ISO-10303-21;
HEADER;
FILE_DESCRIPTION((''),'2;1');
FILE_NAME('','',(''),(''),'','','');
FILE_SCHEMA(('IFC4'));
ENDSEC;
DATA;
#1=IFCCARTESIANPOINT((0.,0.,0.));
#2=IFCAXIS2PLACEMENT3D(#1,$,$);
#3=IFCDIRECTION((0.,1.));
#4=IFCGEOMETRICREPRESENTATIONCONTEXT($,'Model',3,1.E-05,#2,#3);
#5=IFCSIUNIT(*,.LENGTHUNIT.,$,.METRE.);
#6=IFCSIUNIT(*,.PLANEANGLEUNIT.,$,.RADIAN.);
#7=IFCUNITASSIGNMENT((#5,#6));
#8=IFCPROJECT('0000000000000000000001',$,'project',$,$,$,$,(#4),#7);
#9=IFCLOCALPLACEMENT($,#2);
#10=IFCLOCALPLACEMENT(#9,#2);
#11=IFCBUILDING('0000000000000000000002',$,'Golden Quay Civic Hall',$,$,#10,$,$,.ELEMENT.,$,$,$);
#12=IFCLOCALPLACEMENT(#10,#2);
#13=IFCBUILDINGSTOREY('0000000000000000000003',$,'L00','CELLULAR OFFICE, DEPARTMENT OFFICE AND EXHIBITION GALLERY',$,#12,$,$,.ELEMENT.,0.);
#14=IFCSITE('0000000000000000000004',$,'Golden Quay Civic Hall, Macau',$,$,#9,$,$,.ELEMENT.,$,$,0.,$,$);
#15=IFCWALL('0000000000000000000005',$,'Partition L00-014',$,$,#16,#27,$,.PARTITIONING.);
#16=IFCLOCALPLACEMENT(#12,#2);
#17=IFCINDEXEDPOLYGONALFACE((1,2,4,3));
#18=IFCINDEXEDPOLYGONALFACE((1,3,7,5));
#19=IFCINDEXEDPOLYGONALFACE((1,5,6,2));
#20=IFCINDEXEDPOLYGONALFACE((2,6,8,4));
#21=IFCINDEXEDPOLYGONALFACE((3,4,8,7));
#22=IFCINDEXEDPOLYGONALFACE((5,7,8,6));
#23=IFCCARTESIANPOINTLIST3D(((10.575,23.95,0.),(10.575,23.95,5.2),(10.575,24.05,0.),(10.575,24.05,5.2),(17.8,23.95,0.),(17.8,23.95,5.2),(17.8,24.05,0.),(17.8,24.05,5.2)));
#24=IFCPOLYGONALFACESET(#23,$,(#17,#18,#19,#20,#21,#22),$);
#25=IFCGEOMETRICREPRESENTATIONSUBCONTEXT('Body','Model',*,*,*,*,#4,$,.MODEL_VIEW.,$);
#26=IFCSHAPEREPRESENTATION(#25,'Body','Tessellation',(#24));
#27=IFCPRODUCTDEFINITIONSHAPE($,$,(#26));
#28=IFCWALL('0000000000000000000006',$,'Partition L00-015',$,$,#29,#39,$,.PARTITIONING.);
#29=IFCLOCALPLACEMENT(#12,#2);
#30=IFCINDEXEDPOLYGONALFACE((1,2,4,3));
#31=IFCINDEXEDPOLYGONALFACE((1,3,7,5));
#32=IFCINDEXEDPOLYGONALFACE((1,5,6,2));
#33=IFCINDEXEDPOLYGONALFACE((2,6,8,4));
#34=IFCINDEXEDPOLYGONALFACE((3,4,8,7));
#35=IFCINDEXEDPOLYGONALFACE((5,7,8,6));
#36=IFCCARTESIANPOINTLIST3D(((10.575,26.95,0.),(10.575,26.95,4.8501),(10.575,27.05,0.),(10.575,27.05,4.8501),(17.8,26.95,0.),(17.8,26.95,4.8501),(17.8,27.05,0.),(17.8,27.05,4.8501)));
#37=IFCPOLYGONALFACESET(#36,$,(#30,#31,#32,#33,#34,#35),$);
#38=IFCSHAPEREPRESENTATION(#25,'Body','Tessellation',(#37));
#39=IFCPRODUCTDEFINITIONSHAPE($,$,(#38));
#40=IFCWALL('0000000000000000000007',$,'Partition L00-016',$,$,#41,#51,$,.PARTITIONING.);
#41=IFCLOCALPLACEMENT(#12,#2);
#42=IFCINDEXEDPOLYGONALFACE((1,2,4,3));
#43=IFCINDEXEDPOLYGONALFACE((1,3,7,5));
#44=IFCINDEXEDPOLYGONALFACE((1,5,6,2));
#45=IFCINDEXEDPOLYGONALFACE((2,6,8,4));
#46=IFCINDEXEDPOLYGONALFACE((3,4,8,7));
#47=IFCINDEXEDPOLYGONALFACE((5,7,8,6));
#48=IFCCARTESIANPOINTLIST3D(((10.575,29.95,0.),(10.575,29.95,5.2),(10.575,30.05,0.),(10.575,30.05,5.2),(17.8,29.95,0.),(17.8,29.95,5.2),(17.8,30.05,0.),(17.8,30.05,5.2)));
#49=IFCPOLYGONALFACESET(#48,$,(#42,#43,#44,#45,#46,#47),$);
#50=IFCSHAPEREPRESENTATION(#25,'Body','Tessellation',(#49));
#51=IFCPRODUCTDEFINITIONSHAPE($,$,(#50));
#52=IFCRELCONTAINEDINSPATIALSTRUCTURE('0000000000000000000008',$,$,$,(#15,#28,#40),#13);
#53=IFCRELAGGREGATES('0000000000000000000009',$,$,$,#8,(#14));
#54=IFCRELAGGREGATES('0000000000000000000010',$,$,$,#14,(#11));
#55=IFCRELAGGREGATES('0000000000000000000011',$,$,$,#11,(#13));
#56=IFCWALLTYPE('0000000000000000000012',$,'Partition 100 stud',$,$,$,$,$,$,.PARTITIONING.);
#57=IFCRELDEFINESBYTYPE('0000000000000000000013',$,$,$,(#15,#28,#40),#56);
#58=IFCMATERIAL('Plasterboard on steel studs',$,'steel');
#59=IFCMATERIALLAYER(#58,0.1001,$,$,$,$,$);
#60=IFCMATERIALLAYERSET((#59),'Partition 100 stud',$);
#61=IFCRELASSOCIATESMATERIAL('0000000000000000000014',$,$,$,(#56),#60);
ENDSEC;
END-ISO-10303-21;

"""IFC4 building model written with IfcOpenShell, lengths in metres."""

from ifc_helpers import new_model, si_unit, direction, frame, frame_2d, origin, place, context, subcontext, project, spatial, rectangle, extrude, material, layer, layer_set, type_object, element, save


model = new_model("IFC4")

# Units and contexts
model_context = context("Model", 3, precision=1e-05, world=origin(), true_north=direction((0.0, 1.0)))
body_context = subcontext(model_context, "Body", "Model", "MODEL_VIEW")
ifc_project = project(units=[si_unit("LENGTHUNIT", "METRE"), si_unit("PLANEANGLEUNIT", "RADIAN")], contexts=[model_context])

# Site, building, storey
site_placement = place(None, origin())
site = spatial("IfcSite", under=ifc_project, at=site_placement, Name="Golden Quay Civic Hall, Macau", CompositionType="ELEMENT", RefElevation=0.0)
building_placement = place(site_placement, origin())
building = spatial("IfcBuilding", under=site, at=building_placement, Name="Golden Quay Civic Hall", CompositionType="ELEMENT")
storey_placement = place(building_placement, origin())
storey = spatial("IfcBuildingStorey", under=building, at=storey_placement, Name="L00", Description="CELLULAR OFFICE, DEPARTMENT OFFICE AND EXHIBITION GALLERY", CompositionType="ELEMENT", Elevation=0.0)

# Walls
ifc_material_1 = material(Name="Plasterboard on steel studs", Category="steel")
ifc_layer = layer(ifc_material_1, 0.1001)
ifc_layer_set = layer_set([ifc_layer], Name="Partition 100 stud")
wall_type = type_object("IfcWallType", Name="Partition 100 stud", PredefinedType="PARTITIONING", material=ifc_layer_set)
for number, where, z_axis, x_axis, name in (
    (1, (10.575, 24.0, 0.0), (0.0, 0.0, 1.0), (1.0, 0.0, 0.0), "Partition L00-014"),
):
    element("IfcWall", number, at=place(storey_placement, frame(where, z_axis=z_axis, x_axis=x_axis)), inside=storey, type_object=wall_type, Name=name, PredefinedType="PARTITIONING", context=body_context, shape_type="SweptSolid", body=[
        extrude(rectangle(XDim=7.2251, YDim=0.1001, at=frame_2d((3.6125, 0.0))), origin(), (0.0, 0.0, 1.0), 5.2),
    ])
wall_1_placement = place(storey_placement, frame((10.575, 27.0, 0.0), z_axis=(0.0, 0.0, 1.0), x_axis=(1.0, 0.0, 0.0)))
element("IfcWall", 2, at=wall_1_placement, inside=storey, type_object=wall_type, Name="Partition L00-015", PredefinedType="PARTITIONING", context=body_context, shape_type="SweptSolid", body=[
    extrude(rectangle(XDim=7.2251, YDim=0.1001, at=frame_2d((3.6125, 0.0))), origin(), (0.0, 0.0, 1.0), 4.8501),
])
wall_2_placement = place(storey_placement, frame((10.575, 30.0, 0.0), z_axis=(0.0, 0.0, 1.0), x_axis=(1.0, 0.0, 0.0)))
element("IfcWall", 3, at=wall_2_placement, inside=storey, type_object=wall_type, Name="Partition L00-016", PredefinedType="PARTITIONING", context=body_context, shape_type="SweptSolid", body=[
    extrude(rectangle(XDim=7.2251, YDim=0.1001, at=frame_2d((3.6125, 0.0))), origin(), (0.0, 0.0, 1.0), 5.2),
])

save(model, "model.ifc")
